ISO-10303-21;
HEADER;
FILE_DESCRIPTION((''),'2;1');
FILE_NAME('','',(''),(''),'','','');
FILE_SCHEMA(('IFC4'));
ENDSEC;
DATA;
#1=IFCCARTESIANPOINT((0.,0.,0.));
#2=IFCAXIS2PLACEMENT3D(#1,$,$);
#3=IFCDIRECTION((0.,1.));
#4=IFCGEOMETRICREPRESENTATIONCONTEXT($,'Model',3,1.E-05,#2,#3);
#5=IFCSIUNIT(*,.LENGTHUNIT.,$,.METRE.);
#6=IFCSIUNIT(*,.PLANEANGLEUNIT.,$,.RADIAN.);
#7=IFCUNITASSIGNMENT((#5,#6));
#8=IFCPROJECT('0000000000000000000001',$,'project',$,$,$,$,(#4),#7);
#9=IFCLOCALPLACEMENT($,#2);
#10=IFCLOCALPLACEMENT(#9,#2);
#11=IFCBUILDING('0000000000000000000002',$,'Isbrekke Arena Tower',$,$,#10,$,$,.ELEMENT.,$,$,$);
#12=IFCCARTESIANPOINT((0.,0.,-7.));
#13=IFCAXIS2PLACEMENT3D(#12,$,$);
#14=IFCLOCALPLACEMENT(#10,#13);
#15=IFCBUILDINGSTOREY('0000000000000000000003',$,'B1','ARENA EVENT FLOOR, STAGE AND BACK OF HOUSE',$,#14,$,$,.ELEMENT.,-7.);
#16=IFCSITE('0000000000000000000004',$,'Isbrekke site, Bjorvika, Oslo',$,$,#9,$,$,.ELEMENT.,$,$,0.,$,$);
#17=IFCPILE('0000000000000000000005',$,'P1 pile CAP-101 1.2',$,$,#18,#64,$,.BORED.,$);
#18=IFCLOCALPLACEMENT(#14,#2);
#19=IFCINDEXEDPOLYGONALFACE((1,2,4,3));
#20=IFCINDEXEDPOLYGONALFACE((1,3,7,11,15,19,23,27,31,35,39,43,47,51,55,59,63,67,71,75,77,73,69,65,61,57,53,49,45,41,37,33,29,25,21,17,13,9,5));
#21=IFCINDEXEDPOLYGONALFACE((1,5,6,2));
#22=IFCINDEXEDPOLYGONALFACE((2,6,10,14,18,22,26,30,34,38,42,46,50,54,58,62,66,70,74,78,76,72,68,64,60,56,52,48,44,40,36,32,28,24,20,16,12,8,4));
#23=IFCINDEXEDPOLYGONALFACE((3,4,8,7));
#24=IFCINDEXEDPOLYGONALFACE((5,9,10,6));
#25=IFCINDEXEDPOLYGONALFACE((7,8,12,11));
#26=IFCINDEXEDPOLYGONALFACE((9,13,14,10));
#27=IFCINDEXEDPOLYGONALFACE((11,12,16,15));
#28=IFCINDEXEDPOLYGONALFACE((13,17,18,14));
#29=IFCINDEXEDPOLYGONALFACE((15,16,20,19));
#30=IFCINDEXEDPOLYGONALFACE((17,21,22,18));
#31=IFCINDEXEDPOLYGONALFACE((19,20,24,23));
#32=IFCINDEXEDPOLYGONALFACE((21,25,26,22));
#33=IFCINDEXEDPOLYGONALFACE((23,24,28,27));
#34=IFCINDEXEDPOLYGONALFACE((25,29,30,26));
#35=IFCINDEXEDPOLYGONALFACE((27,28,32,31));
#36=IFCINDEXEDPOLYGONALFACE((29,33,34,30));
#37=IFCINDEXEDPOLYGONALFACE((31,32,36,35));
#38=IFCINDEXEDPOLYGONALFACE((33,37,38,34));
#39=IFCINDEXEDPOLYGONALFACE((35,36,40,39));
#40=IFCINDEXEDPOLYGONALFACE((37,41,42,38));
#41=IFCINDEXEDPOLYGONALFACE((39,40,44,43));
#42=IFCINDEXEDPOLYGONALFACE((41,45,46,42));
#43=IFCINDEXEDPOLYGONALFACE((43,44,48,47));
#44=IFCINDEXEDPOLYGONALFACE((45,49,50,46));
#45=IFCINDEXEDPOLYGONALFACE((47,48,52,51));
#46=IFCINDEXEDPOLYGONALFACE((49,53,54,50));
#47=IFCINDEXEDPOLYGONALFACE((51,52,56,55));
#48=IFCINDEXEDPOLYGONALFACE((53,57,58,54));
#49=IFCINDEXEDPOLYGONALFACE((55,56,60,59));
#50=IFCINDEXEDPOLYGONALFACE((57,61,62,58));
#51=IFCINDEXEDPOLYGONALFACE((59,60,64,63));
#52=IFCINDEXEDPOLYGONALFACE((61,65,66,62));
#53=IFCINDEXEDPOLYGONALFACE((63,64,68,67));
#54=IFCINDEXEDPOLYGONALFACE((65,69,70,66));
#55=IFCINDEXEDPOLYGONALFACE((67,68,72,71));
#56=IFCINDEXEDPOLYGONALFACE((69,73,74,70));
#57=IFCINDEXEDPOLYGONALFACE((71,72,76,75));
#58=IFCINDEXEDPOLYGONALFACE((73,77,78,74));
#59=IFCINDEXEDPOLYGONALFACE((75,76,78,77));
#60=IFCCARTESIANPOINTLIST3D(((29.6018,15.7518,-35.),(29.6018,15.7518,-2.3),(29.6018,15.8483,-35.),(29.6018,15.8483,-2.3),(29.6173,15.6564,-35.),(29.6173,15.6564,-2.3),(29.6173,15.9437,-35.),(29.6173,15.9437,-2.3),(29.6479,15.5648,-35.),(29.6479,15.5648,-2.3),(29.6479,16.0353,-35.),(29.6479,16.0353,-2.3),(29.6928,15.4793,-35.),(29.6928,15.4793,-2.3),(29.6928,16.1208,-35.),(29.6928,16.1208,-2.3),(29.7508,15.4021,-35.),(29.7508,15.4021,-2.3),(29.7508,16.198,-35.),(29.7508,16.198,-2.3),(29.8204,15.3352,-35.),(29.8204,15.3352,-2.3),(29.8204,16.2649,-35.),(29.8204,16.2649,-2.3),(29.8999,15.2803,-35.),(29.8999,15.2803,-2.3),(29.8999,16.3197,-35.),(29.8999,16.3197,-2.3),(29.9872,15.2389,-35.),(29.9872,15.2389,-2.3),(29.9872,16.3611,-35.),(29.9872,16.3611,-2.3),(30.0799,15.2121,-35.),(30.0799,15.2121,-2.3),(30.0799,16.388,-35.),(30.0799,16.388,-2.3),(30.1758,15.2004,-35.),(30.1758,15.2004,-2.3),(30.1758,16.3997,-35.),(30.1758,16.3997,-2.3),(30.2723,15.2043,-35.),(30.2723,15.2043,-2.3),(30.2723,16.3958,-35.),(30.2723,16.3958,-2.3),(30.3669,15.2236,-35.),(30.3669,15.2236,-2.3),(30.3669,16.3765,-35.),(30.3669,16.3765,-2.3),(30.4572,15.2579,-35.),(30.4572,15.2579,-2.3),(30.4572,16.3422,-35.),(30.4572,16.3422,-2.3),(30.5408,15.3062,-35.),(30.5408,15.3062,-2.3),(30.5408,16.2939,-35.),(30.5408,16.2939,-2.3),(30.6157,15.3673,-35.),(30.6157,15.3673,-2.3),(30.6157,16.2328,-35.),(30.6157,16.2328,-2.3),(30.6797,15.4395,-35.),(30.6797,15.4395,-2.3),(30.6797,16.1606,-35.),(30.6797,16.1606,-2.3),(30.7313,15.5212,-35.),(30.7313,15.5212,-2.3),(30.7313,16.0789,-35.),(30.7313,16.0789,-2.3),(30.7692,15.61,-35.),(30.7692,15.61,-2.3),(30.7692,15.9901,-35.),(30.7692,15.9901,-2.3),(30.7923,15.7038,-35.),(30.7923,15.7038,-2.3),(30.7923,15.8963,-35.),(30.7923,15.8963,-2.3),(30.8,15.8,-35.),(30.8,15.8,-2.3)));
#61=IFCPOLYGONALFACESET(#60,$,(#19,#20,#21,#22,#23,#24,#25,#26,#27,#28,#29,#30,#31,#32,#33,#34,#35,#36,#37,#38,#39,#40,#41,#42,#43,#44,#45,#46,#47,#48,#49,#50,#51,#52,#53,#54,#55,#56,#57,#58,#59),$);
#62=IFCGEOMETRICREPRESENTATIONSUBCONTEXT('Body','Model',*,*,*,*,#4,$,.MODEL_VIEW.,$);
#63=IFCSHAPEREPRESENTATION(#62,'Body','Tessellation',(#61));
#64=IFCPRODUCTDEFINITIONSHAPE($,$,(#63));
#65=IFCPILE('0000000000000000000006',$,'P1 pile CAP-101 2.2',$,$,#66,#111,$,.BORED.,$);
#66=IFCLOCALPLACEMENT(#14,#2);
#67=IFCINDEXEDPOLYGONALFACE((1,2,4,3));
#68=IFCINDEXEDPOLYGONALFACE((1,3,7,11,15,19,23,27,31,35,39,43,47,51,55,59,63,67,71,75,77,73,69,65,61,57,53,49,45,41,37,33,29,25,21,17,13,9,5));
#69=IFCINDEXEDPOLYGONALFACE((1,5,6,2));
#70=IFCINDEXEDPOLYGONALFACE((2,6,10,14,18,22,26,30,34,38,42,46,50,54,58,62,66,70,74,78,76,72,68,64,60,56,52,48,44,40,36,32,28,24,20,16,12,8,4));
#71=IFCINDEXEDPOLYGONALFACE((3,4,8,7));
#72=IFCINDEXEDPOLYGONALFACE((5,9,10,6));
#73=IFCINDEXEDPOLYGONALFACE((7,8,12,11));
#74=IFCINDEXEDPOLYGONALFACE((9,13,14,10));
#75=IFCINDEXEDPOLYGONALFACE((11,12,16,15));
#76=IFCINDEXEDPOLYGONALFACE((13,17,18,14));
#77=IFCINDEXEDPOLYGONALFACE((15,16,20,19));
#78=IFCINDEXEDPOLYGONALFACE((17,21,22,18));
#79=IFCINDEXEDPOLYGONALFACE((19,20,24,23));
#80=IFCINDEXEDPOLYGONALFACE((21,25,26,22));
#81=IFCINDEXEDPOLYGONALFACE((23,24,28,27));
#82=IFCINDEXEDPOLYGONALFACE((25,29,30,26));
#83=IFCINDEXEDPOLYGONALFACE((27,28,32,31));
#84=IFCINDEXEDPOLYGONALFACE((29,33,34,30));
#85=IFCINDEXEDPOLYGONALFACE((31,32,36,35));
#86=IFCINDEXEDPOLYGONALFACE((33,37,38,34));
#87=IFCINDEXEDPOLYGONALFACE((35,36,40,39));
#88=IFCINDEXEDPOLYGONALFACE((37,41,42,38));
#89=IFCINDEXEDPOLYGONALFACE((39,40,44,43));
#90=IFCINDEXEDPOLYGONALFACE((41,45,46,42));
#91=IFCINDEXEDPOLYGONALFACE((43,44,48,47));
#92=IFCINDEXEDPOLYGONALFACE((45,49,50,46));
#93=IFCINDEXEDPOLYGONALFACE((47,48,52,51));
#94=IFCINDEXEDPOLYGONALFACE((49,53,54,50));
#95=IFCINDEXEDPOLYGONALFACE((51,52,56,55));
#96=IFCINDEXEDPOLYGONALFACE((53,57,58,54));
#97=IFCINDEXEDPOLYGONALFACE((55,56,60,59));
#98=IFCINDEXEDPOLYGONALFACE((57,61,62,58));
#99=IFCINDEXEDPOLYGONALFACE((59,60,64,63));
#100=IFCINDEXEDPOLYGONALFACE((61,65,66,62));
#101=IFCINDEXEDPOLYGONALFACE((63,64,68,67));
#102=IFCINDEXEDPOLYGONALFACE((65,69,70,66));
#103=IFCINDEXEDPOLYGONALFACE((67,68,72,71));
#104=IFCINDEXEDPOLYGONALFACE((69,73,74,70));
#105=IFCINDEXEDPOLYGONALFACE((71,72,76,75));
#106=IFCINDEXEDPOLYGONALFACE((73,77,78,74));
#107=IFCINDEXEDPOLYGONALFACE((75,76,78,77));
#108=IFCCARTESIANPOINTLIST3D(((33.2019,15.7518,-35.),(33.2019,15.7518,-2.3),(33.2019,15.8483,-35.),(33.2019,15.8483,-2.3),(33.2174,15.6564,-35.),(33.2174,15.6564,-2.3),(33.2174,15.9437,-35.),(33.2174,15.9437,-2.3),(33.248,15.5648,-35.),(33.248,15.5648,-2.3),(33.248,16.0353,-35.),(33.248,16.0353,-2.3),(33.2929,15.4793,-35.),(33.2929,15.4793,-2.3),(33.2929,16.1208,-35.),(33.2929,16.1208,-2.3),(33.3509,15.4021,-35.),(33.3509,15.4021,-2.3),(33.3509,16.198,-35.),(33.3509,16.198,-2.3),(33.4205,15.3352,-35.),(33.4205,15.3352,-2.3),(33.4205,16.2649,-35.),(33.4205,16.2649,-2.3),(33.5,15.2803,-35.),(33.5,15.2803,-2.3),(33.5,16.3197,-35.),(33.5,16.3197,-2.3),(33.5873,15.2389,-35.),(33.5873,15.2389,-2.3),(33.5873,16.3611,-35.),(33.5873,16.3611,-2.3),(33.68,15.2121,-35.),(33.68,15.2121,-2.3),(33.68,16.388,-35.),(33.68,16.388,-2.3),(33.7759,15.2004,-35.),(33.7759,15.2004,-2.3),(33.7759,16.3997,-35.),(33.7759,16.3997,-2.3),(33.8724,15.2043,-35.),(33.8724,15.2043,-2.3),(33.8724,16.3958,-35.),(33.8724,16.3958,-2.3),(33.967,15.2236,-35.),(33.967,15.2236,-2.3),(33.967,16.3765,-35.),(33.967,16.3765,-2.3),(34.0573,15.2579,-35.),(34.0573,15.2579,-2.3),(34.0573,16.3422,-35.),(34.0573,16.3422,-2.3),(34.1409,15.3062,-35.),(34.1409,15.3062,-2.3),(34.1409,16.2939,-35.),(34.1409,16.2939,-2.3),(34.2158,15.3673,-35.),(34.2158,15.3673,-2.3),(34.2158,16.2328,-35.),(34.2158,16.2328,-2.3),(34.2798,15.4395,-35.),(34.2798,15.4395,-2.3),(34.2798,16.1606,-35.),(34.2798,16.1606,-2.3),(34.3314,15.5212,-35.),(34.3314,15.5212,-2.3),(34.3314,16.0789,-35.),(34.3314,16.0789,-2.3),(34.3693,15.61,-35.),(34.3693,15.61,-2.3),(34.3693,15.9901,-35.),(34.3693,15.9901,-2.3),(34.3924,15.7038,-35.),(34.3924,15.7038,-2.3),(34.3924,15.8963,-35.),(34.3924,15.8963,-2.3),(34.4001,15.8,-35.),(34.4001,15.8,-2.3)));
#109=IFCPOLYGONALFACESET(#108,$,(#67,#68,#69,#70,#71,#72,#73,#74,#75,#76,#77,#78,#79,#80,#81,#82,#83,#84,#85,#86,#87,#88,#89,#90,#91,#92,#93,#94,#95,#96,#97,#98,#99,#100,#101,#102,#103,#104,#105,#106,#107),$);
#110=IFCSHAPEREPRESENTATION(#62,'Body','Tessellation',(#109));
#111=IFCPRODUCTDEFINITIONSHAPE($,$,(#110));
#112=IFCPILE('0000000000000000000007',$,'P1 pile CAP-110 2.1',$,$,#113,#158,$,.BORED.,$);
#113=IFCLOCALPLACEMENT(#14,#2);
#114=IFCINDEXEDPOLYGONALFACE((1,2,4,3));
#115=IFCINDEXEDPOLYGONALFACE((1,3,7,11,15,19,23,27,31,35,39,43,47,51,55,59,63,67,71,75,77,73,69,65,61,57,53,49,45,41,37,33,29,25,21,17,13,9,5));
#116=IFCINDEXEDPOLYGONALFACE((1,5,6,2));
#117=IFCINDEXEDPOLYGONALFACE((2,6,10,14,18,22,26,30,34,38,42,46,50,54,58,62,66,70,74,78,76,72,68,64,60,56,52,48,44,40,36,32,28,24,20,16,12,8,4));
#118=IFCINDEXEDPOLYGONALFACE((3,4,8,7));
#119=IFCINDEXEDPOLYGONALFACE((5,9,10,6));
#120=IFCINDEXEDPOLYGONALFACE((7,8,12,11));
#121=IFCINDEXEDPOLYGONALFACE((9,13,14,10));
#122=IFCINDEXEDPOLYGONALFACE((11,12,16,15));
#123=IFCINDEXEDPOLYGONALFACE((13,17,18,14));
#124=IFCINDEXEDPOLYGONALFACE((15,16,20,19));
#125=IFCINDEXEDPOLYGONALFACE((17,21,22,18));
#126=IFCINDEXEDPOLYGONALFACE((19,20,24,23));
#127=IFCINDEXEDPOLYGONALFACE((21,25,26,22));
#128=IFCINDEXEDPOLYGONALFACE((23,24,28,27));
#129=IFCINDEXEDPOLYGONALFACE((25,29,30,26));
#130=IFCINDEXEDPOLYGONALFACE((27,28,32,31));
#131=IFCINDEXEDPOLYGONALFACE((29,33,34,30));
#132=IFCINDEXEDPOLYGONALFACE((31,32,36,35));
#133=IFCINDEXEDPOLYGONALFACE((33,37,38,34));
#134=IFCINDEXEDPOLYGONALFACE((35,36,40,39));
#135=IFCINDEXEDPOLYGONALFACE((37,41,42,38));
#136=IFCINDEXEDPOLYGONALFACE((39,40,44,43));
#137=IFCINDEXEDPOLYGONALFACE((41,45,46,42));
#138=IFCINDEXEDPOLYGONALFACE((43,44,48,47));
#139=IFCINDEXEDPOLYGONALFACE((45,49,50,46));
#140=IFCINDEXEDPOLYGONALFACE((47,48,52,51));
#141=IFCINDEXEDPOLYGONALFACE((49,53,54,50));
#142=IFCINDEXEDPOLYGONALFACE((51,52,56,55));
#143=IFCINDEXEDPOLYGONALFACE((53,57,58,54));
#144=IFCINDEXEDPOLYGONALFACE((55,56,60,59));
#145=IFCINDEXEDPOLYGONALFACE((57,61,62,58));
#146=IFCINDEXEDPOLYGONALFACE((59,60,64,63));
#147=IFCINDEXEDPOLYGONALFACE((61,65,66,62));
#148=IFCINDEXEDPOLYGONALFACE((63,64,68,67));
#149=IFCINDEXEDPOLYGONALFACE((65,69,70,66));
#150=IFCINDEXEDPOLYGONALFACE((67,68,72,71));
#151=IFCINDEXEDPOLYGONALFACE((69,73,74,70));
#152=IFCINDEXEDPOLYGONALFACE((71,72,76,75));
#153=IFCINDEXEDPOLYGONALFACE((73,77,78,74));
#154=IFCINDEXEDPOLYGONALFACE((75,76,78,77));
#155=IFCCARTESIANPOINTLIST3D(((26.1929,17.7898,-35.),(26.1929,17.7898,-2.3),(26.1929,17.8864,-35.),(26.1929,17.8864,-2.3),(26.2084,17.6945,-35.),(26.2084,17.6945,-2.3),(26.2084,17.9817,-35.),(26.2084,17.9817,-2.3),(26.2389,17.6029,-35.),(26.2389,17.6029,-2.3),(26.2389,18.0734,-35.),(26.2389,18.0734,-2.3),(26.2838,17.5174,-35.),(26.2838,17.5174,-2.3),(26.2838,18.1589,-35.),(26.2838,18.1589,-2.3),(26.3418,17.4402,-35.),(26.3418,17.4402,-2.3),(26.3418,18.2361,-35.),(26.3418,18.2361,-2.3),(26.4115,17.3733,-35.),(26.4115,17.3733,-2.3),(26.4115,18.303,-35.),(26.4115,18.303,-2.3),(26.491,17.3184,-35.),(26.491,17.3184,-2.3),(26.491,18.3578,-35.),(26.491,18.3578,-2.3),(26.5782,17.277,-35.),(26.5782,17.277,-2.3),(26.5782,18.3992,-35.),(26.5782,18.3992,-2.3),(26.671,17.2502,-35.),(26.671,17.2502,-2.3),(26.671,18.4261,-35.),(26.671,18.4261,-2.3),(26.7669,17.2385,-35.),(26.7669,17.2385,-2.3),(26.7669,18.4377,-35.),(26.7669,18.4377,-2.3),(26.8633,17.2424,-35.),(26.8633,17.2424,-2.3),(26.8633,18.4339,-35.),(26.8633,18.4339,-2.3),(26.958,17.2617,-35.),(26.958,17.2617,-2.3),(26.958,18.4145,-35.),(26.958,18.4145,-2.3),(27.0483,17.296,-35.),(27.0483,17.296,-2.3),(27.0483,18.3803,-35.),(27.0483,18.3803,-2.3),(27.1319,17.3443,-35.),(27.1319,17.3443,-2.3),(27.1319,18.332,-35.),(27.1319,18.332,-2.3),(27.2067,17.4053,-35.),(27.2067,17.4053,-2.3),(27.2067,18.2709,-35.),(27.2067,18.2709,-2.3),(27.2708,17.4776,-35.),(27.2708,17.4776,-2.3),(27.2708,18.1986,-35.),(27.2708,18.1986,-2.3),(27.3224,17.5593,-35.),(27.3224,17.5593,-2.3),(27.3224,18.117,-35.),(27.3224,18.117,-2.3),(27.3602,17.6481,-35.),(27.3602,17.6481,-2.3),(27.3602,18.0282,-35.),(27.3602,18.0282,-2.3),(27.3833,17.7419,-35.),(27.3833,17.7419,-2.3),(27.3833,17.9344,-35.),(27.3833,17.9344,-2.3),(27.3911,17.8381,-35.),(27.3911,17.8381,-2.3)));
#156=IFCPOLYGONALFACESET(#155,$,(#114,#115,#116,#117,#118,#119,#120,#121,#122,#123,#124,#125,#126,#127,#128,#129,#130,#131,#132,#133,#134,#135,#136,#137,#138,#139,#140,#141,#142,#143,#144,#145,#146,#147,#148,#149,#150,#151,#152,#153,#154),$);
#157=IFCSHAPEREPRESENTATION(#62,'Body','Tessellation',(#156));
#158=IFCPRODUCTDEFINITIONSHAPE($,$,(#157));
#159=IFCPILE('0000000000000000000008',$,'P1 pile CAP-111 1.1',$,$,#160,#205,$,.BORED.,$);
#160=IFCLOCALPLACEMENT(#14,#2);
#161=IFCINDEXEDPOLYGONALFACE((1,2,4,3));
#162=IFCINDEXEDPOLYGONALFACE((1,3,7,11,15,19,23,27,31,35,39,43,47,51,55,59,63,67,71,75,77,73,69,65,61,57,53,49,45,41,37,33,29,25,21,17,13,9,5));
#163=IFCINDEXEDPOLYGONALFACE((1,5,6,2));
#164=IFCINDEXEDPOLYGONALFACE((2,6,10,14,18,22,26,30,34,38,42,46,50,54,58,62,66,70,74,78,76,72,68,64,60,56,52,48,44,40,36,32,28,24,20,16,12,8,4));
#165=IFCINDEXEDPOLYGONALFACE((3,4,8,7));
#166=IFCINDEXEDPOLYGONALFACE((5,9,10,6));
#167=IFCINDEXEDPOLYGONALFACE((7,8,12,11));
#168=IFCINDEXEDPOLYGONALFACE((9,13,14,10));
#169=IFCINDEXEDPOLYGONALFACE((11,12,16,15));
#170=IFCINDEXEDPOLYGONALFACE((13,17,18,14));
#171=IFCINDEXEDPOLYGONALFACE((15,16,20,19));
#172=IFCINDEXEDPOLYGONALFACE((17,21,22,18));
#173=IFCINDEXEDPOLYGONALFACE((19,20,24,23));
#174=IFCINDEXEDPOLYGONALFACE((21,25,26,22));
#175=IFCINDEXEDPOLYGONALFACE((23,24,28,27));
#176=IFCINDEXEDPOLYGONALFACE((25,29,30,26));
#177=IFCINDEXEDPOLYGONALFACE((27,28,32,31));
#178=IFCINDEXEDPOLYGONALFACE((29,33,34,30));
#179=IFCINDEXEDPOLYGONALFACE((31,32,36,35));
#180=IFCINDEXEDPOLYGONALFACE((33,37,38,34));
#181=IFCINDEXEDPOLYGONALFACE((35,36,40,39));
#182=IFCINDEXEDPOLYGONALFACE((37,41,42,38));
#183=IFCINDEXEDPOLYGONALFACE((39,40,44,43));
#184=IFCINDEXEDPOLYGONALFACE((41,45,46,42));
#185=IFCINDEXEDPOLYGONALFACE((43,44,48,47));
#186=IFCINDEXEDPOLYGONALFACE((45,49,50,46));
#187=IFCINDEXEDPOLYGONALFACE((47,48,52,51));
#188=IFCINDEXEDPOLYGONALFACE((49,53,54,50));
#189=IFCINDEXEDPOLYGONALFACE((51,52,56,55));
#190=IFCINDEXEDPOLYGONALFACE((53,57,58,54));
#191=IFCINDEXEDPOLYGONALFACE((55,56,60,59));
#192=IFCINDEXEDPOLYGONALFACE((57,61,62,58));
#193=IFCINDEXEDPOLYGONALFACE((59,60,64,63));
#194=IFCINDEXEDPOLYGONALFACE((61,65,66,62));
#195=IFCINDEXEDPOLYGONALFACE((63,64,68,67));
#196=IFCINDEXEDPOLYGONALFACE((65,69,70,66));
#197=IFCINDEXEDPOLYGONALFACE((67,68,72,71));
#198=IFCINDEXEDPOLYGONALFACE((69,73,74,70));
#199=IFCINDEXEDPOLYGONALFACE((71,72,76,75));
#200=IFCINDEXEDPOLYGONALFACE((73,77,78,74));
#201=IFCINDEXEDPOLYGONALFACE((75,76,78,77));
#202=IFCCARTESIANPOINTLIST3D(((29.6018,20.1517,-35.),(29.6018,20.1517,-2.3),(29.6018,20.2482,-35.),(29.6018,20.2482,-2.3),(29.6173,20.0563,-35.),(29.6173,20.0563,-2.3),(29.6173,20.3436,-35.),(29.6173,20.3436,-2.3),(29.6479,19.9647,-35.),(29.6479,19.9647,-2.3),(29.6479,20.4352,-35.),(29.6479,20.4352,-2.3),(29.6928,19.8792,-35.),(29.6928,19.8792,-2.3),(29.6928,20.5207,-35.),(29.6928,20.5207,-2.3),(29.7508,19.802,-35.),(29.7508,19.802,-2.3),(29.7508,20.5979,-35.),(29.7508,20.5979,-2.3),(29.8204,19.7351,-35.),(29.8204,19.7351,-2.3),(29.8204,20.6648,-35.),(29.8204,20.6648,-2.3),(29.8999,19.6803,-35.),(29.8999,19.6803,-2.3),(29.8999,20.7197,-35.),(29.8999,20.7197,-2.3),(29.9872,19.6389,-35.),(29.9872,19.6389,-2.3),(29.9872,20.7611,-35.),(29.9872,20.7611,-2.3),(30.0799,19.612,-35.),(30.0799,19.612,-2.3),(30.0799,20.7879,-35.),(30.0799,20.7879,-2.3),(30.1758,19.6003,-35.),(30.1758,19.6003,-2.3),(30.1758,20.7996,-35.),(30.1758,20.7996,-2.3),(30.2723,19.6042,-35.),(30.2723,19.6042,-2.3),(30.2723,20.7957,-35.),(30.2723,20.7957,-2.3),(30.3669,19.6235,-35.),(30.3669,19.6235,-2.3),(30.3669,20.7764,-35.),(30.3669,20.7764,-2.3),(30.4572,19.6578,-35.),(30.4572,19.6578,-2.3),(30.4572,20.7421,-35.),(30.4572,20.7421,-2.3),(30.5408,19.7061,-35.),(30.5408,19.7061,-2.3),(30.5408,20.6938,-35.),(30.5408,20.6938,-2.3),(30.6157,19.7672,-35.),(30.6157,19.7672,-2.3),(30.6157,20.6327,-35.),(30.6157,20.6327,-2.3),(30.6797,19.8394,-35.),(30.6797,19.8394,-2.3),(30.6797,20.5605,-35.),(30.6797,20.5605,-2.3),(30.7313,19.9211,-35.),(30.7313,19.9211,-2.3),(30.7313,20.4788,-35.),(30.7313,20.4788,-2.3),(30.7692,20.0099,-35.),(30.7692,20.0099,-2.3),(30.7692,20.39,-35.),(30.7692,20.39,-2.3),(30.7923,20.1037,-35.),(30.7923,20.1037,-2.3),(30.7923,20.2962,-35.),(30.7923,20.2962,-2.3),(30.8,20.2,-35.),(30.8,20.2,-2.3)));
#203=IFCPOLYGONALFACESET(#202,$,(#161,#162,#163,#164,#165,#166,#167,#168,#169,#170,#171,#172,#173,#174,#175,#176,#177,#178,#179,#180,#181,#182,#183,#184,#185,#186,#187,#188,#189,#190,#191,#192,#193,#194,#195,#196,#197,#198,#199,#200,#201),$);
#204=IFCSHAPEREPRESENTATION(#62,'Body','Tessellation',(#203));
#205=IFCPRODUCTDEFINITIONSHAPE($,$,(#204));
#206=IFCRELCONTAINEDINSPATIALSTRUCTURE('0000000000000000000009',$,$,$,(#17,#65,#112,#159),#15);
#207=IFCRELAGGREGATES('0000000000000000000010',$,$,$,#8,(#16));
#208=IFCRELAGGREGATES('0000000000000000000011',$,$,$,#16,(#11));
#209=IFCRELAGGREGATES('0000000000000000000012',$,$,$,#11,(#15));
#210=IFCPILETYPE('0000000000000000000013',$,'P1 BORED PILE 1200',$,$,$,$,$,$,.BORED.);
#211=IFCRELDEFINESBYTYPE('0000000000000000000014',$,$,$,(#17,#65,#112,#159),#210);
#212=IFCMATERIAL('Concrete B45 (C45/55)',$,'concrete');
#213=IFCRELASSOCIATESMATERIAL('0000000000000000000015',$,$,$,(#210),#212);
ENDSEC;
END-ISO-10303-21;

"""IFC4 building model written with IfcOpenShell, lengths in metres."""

from ifc_helpers import new_model, si_unit, direction, frame, origin, origin_2d, place, context, subcontext, project, spatial, circle, extrude, material, material_profile, profile_set, type_object, element, save


model = new_model("IFC4")

# Units and contexts
model_context = context("Model", 3, precision=1e-05, world=origin(), true_north=direction((0.0, 1.0)))
body_context = subcontext(model_context, "Body", "Model", "MODEL_VIEW")
ifc_project = project(units=[si_unit("LENGTHUNIT", "METRE"), si_unit("PLANEANGLEUNIT", "RADIAN")], contexts=[model_context])

# Site, building, storey
site_placement = place(None, origin())
site = spatial("IfcSite", under=ifc_project, at=site_placement, Name="Isbrekke site, Bjorvika, Oslo", CompositionType="ELEMENT", RefElevation=0.0)
building_placement = place(site_placement, origin())
building = spatial("IfcBuilding", under=site, at=building_placement, Name="Isbrekke Arena Tower", CompositionType="ELEMENT")
storey_placement = place(building_placement, frame((0.0, 0.0, -7.0)))
storey = spatial("IfcBuildingStorey", under=building, at=storey_placement, Name="B1", Description="ARENA EVENT FLOOR, STAGE AND BACK OF HOUSE", CompositionType="ELEMENT", Elevation=-7.0)

# Piles
ifc_material_1 = material(Name="Concrete B45 (C45/55)", Category="concrete")
ifc_material_profile_1 = material_profile(ifc_material_1, circle(Radius=0.6001, at=origin_2d()), Name="BORED PILE D1200")
ifc_profile_set_1 = profile_set([ifc_material_profile_1], Name="Concrete B45 (C45/55)")
pile_type = type_object("IfcPileType", Name="P1 BORED PILE 1200", PredefinedType="BORED", material=ifc_profile_set_1)
for number, where, z_axis, x_axis, name in (
    (1, (30.2, 15.8, -2.3), (0.0, 0.0, -1.0), (1.0, 0.0, 0.0), "P1 pile CAP-101 1.2"),
    (2, (33.8, 15.8, -2.3), (0.0, 0.0, -1.0), (1.0, 0.0, 0.0), "P1 pile CAP-101 2.2"),
    (3, (26.791, 17.8381, -2.3), (0.0, 0.0, -1.0), (1.0, 0.0, 0.0), "P1 pile CAP-110 2.1"),
    (4, (30.2, 20.2, -2.3), (0.0, 0.0, -1.0), (1.0, 0.0, 0.0), "P1 pile CAP-111 1.1"),
):
    element("IfcPile", number, at=place(storey_placement, frame(where, z_axis=z_axis, x_axis=x_axis)), inside=storey, type_object=pile_type, Name=name, PredefinedType="BORED", context=body_context, shape_type="SweptSolid", body=[
        extrude(circle(Radius=0.6001, at=origin_2d()), origin(), (0.0, 0.0, 1.0), 32.7),
    ])

save(model, "model.ifc")
